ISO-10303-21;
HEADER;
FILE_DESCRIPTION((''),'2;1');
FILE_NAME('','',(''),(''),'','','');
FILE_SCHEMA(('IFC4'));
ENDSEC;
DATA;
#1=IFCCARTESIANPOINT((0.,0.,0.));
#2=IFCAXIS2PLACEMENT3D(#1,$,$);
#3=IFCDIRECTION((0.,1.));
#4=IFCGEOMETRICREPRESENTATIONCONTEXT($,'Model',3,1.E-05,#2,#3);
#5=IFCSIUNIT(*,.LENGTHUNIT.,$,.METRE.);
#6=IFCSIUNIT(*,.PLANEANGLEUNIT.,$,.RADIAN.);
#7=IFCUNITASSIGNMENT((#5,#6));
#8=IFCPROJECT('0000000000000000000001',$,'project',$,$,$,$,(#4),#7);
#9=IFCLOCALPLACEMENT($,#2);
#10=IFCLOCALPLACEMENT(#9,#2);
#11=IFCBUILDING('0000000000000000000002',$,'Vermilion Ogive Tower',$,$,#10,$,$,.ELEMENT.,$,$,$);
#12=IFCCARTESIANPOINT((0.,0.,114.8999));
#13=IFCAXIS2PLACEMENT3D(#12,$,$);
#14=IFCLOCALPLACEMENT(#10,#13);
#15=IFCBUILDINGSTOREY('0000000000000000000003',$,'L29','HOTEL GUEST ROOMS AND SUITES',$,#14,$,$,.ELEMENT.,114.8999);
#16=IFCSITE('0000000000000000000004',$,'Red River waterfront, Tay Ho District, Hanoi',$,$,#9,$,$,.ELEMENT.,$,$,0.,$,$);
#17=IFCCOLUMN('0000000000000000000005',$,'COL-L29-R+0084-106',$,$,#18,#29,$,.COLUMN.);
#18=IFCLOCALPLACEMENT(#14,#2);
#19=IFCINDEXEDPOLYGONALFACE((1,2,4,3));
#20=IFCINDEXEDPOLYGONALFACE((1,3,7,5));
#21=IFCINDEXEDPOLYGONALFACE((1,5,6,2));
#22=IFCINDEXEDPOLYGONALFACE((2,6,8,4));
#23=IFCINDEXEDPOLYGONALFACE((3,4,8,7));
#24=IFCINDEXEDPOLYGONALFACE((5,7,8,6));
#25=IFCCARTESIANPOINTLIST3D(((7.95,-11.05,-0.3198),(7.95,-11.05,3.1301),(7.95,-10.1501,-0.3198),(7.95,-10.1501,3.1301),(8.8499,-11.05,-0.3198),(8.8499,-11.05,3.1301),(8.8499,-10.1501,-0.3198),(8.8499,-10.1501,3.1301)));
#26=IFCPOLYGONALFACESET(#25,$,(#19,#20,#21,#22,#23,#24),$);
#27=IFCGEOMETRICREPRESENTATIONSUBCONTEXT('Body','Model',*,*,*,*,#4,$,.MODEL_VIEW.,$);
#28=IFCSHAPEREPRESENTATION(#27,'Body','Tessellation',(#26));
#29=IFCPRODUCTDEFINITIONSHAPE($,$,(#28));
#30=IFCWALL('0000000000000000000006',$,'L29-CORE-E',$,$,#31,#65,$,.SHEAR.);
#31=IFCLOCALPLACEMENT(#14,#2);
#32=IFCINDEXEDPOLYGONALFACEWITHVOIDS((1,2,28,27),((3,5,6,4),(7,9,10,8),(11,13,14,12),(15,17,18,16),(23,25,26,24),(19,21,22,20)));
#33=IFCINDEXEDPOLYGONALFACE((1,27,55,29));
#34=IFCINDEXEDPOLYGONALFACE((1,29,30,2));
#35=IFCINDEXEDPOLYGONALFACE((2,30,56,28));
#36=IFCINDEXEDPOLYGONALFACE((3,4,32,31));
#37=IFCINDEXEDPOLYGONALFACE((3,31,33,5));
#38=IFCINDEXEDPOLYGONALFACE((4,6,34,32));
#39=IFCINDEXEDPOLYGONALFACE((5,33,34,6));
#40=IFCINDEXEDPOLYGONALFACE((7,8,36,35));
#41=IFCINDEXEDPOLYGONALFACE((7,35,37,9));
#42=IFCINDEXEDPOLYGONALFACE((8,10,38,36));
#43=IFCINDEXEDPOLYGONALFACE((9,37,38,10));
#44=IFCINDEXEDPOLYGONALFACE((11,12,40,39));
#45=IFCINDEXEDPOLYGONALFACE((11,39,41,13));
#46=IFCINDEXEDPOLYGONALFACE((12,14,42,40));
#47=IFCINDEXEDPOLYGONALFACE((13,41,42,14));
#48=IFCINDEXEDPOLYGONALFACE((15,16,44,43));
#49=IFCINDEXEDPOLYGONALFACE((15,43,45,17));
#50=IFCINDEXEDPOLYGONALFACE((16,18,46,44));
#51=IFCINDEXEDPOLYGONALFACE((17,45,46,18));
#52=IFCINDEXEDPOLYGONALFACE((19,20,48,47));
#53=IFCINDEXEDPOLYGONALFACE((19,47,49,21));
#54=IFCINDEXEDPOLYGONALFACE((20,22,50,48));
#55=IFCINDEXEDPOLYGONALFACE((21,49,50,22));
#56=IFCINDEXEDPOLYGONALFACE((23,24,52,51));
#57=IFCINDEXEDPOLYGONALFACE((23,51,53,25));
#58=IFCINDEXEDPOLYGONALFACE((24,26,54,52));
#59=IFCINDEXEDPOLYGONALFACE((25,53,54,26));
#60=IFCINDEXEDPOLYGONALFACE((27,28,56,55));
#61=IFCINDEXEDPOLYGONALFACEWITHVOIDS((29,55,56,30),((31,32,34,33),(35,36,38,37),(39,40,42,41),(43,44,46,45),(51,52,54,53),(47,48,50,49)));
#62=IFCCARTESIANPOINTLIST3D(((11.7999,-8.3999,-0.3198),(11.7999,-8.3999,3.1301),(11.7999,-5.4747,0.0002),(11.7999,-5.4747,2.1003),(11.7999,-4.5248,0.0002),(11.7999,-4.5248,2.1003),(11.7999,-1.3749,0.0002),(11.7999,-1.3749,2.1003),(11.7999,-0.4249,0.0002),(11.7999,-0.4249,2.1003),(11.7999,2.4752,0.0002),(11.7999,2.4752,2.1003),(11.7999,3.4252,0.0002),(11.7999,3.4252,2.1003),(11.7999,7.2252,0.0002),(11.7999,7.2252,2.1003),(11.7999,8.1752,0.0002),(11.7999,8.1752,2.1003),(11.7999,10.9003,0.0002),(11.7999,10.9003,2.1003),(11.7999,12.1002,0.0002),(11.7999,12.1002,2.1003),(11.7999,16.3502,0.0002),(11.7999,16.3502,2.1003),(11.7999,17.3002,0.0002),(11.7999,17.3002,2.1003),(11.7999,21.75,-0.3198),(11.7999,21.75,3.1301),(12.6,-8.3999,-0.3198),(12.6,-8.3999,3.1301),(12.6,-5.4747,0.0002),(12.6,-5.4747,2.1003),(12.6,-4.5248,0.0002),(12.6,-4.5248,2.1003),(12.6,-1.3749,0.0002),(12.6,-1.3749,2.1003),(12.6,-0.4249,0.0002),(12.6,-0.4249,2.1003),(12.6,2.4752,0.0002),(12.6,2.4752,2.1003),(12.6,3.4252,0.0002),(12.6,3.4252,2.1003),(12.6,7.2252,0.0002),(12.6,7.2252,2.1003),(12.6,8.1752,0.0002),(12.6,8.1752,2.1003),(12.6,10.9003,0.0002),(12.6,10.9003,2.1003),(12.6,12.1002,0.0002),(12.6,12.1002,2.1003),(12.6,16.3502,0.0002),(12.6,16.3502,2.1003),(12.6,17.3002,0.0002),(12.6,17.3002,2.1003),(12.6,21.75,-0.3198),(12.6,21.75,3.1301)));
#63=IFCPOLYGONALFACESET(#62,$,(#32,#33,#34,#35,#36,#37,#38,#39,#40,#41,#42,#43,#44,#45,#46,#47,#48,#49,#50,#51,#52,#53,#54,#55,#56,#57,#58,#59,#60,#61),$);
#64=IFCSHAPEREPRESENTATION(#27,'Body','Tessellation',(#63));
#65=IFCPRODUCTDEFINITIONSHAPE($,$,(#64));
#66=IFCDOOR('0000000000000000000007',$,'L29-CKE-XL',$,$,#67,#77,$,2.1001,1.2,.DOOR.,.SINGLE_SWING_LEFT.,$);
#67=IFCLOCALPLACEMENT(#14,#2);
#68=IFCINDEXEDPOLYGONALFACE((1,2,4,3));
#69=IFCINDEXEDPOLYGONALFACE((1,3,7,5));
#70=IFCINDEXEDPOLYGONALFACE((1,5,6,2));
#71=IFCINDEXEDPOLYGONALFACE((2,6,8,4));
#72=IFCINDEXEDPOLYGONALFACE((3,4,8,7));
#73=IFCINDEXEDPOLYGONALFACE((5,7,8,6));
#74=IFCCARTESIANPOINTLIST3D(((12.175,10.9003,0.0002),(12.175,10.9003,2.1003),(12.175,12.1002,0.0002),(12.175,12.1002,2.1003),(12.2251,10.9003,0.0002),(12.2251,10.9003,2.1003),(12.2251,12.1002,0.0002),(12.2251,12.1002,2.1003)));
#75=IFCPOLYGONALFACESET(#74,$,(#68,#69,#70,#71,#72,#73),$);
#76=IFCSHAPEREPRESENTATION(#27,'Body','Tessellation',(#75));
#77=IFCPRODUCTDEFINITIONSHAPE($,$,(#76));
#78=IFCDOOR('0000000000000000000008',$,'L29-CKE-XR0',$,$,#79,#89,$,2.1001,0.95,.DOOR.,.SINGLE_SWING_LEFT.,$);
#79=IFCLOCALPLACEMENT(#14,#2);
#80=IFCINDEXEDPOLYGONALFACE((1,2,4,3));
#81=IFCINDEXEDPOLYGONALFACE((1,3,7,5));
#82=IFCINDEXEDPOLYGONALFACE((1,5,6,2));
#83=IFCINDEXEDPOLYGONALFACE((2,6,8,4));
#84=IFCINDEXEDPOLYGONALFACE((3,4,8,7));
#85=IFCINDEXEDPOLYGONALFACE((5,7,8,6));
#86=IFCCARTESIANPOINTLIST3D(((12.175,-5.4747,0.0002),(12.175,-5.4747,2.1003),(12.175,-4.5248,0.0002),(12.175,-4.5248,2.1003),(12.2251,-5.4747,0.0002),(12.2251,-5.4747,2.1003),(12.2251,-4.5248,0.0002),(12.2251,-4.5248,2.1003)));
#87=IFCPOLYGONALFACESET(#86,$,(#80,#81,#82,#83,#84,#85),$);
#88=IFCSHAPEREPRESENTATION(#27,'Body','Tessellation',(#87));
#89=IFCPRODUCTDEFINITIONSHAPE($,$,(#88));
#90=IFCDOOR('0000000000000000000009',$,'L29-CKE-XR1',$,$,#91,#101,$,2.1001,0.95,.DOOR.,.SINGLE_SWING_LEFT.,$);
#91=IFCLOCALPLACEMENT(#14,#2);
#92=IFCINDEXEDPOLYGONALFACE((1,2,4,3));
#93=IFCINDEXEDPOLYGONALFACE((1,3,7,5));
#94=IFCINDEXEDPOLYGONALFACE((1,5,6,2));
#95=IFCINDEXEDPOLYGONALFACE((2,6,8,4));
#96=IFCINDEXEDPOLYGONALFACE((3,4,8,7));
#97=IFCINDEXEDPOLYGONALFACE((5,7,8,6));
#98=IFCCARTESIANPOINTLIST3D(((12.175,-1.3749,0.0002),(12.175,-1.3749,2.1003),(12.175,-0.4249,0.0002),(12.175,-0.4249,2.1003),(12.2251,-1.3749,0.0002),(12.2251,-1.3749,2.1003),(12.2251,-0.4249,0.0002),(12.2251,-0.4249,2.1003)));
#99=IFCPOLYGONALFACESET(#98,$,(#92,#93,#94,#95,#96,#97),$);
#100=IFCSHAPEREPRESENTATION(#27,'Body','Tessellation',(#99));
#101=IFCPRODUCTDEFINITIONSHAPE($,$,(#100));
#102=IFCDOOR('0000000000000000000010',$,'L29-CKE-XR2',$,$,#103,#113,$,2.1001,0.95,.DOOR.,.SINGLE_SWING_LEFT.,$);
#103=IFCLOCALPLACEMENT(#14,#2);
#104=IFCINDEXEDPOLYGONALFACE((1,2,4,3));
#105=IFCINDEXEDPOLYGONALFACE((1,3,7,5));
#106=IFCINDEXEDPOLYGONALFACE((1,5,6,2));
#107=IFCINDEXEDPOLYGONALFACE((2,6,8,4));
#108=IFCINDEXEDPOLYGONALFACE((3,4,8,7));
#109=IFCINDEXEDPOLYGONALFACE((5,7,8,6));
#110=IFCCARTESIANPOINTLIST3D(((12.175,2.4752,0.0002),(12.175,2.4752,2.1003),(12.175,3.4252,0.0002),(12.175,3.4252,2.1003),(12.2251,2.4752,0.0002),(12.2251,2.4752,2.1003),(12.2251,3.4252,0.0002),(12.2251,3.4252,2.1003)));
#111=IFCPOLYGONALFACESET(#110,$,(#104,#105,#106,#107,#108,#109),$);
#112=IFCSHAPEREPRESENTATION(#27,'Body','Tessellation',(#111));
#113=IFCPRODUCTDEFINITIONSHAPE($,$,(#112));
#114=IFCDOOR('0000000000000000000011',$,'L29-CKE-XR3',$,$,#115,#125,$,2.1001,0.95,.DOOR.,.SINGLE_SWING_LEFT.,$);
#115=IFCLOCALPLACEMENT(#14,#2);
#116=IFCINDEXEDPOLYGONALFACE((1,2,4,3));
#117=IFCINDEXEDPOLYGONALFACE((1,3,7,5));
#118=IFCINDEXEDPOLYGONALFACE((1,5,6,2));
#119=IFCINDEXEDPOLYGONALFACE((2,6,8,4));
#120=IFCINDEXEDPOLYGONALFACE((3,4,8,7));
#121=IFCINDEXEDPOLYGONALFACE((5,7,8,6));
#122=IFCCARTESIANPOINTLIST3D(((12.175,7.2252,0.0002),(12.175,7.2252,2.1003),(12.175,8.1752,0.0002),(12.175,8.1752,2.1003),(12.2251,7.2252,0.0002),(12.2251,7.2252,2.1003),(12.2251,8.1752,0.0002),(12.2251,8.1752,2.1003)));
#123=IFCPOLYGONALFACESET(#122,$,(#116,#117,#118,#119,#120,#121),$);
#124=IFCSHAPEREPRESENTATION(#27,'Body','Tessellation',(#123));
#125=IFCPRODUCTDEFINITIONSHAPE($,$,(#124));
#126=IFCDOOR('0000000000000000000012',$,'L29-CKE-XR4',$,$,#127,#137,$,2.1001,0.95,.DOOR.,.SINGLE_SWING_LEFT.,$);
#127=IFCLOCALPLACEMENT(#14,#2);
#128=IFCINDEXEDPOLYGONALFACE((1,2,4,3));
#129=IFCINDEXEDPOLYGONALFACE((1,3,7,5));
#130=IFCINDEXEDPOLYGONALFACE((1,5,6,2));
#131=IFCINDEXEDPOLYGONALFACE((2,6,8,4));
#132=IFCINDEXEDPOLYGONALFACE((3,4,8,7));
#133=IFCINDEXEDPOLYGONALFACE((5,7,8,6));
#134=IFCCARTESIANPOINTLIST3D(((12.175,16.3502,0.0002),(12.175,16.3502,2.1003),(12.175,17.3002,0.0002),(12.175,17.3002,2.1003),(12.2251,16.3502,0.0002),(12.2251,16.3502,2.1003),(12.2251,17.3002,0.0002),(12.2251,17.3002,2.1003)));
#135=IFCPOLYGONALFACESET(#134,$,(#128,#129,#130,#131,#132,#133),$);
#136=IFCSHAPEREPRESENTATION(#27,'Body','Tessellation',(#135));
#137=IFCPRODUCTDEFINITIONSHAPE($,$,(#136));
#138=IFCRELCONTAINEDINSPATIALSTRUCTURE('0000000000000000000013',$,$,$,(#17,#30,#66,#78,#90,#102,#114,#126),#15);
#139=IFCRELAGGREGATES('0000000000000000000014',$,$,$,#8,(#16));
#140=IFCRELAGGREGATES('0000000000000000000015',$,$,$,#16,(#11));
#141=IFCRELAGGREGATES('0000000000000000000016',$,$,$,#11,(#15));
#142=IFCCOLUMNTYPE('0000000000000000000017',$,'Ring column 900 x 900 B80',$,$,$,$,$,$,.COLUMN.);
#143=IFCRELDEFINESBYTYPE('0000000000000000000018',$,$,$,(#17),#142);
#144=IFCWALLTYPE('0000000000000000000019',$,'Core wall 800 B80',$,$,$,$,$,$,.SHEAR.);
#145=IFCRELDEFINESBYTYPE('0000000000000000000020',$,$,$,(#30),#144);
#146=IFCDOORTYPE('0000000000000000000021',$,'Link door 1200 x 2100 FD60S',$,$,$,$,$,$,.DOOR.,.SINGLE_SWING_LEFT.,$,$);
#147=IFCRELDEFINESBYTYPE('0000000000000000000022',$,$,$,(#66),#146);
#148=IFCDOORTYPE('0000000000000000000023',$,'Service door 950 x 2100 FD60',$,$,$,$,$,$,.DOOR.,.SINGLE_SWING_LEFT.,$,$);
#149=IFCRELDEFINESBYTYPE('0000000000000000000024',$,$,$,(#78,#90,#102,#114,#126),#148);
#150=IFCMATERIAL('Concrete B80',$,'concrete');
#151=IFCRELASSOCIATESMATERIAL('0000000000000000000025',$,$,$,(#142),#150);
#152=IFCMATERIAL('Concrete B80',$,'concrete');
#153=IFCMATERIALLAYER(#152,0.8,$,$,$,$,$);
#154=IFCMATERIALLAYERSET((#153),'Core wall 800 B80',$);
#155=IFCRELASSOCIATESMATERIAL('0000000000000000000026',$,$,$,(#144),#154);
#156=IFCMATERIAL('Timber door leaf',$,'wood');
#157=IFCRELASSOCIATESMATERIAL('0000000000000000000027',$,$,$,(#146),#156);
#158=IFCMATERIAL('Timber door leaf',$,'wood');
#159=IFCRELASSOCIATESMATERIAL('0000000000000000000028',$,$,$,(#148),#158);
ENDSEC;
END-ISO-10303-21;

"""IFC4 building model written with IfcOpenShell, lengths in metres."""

from ifc_helpers import new_model, si_unit, direction, frame, frame_2d, origin, origin_2d, place, context, subcontext, project, spatial, rectangle, extrude, material, layer, layer_set, material_profile, profile_set, type_object, element, fill, save


model = new_model("IFC4")

# Units and contexts
model_context = context("Model", 3, precision=1e-05, world=origin(), true_north=direction((0.0, 1.0)))
body_context = subcontext(model_context, "Body", "Model", "MODEL_VIEW")
ifc_project = project(units=[si_unit("LENGTHUNIT", "METRE"), si_unit("PLANEANGLEUNIT", "RADIAN")], contexts=[model_context])

# Site, building, storey
site_placement = place(None, origin())
site = spatial("IfcSite", under=ifc_project, at=site_placement, Name="Red River waterfront, Tay Ho District, Hanoi", CompositionType="ELEMENT", RefElevation=0.0)
building_placement = place(site_placement, origin())
building = spatial("IfcBuilding", under=site, at=building_placement, Name="Vermilion Ogive Tower", CompositionType="ELEMENT")
storey_placement = place(building_placement, frame((0.0, 0.0, 114.8999)))
storey = spatial("IfcBuildingStorey", under=building, at=storey_placement, Name="L29", Description="HOTEL GUEST ROOMS AND SUITES", CompositionType="ELEMENT", Elevation=114.8999)

# Column
ifc_material_1 = material(Name="Concrete B80", Category="concrete")
ifc_material_profile = material_profile(ifc_material_1, rectangle(XDim=0.8999, YDim=0.8999, at=origin_2d()), Name="900 x 900")
ifc_profile_set = profile_set([ifc_material_profile], Name="Concrete B80")
column_type = type_object("IfcColumnType", Name="Ring column 900 x 900 B80", PredefinedType="COLUMN", material=ifc_profile_set)
column_placement = place(storey_placement, frame((8.3999, -10.6001, -0.3198), z_axis=(0.0, 0.0, 1.0), x_axis=(1.0, 0.0, 0.0)))
element("IfcColumn", 1, at=column_placement, inside=storey, type_object=column_type, Name="COL-L29-R+0084-106", PredefinedType="COLUMN", context=body_context, shape_type="SweptSolid", body=[
    extrude(rectangle(XDim=0.8999, YDim=0.8999, at=origin_2d()), origin(), (0.0, 0.0, 1.0), 3.45),
])

# Wall, openings, doors
ifc_material_2 = material(Name="Concrete B80", Category="concrete")
ifc_layer_1 = layer(ifc_material_2, 0.8)
ifc_layer_set_1 = layer_set([ifc_layer_1], Name="Core wall 800 B80")
wall_type_1 = type_object("IfcWallType", Name="Core wall 800 B80", PredefinedType="SHEAR", material=ifc_layer_set_1)
wall_1_placement = place(storey_placement, frame((12.2, -8.3999, -0.3198), z_axis=(0.0, 0.0, 1.0), x_axis=(0.0, 1.0, 0.0)))
wall_1 = element("IfcWall", 2, at=wall_1_placement, inside=storey, type_object=wall_type_1, Name="L29-CORE-E", PredefinedType="SHEAR", context=body_context, shape_type="SweptSolid", body=[
    extrude(rectangle(XDim=30.1499, YDim=0.8, at=frame_2d((15.075, 0.0))), origin(), (0.0, 0.0, 1.0), 3.45),
])
opening_1_placement = place(wall_1_placement, frame((2.925, 0.0, 0.3201)))
opening_1 = element("IfcOpeningElement", 3, at=opening_1_placement, cuts=wall_1, PredefinedType="OPENING", context=body_context, shape_type="SweptSolid", body=[
    extrude(rectangle(XDim=0.95, YDim=2.1001, at=frame_2d((0.4751, 1.05))), frame((0.0, 0.4099, 0.0), z_axis=(0.0, -1.0, 0.0), x_axis=(1.0, 0.0, 0.0)), (0.0, 0.0, 1.0), 0.8201),
])
opening_2_placement = place(wall_1_placement, frame((7.0249, 0.0, 0.3201)))
opening_2 = element("IfcOpeningElement", 4, at=opening_2_placement, cuts=wall_1, PredefinedType="OPENING", context=body_context, shape_type="SweptSolid", body=[
    extrude(rectangle(XDim=0.95, YDim=2.1001, at=frame_2d((0.4751, 1.05))), frame((0.0, 0.4099, 0.0), z_axis=(0.0, -1.0, 0.0), x_axis=(1.0, 0.0, 0.0)), (0.0, 0.0, 1.0), 0.8201),
])
opening_3_placement = place(wall_1_placement, frame((10.875, 0.0, 0.3201)))
opening_3 = element("IfcOpeningElement", 5, at=opening_3_placement, cuts=wall_1, PredefinedType="OPENING", context=body_context, shape_type="SweptSolid", body=[
    extrude(rectangle(XDim=0.95, YDim=2.1001, at=frame_2d((0.4751, 1.05))), frame((0.0, 0.4099, 0.0), z_axis=(0.0, -1.0, 0.0), x_axis=(1.0, 0.0, 0.0)), (0.0, 0.0, 1.0), 0.8201),
])
opening_4_placement = place(wall_1_placement, frame((15.625, 0.0, 0.3201)))
opening_4 = element("IfcOpeningElement", 6, at=opening_4_placement, cuts=wall_1, PredefinedType="OPENING", context=body_context, shape_type="SweptSolid", body=[
    extrude(rectangle(XDim=0.95, YDim=2.1001, at=frame_2d((0.4751, 1.05))), frame((0.0, 0.4099, 0.0), z_axis=(0.0, -1.0, 0.0), x_axis=(1.0, 0.0, 0.0)), (0.0, 0.0, 1.0), 0.8201),
])
opening_5_placement = place(wall_1_placement, frame((24.75, 0.0, 0.3201)))
opening_5 = element("IfcOpeningElement", 7, at=opening_5_placement, cuts=wall_1, PredefinedType="OPENING", context=body_context, shape_type="SweptSolid", body=[
    extrude(rectangle(XDim=0.95, YDim=2.1001, at=frame_2d((0.4751, 1.05))), frame((0.0, 0.4099, 0.0), z_axis=(0.0, -1.0, 0.0), x_axis=(1.0, 0.0, 0.0)), (0.0, 0.0, 1.0), 0.8201),
])
opening_6_placement = place(wall_1_placement, frame((19.3, 0.0, 0.3201)))
opening_6 = element("IfcOpeningElement", 8, at=opening_6_placement, cuts=wall_1, PredefinedType="OPENING", context=body_context, shape_type="SweptSolid", body=[
    extrude(rectangle(XDim=1.2, YDim=2.1001, at=frame_2d((0.6001, 1.05))), frame((0.0, 0.4099, 0.0), z_axis=(0.0, -1.0, 0.0), x_axis=(1.0, 0.0, 0.0)), (0.0, 0.0, 1.0), 0.8201),
])
ifc_material_3 = material(Name="Timber door leaf", Category="wood")
door_type_1 = type_object("IfcDoorType", Name="Link door 1200 x 2100 FD60S", OperationType="SINGLE_SWING_LEFT", PredefinedType="DOOR", material=ifc_material_3)
door_1_placement = place(opening_6_placement, origin())
door_1 = element("IfcDoor", 9, at=door_1_placement, inside=storey, type_object=door_type_1, Name="L29-CKE-XL", OperationType="SINGLE_SWING_LEFT", OverallHeight=2.1001, OverallWidth=1.2, PredefinedType="DOOR", context=body_context, shape_type="SweptSolid", body=[
    extrude(rectangle(XDim=1.2, YDim=2.1001, at=frame_2d((0.6001, 1.05))), frame((0.0, 0.0249, 0.0), z_axis=(0.0, -1.0, 0.0), x_axis=(1.0, 0.0, 0.0)), (0.0, 0.0, 1.0), 0.05),
])
fill(opening_6, door_1)
ifc_material_4 = material(Name="Timber door leaf", Category="wood")
door_type_2 = type_object("IfcDoorType", Name="Service door 950 x 2100 FD60", OperationType="SINGLE_SWING_LEFT", PredefinedType="DOOR", material=ifc_material_4)
door_2_placement = place(opening_1_placement, origin())
door_2 = element("IfcDoor", 10, at=door_2_placement, inside=storey, type_object=door_type_2, Name="L29-CKE-XR0", OperationType="SINGLE_SWING_LEFT", OverallHeight=2.1001, OverallWidth=0.95, PredefinedType="DOOR", context=body_context, shape_type="SweptSolid", body=[
    extrude(rectangle(XDim=0.95, YDim=2.1001, at=frame_2d((0.4751, 1.05))), frame((0.0, 0.0249, 0.0), z_axis=(0.0, -1.0, 0.0), x_axis=(1.0, 0.0, 0.0)), (0.0, 0.0, 1.0), 0.05),
])
fill(opening_1, door_2)
door_3_placement = place(opening_2_placement, origin())
door_3 = element("IfcDoor", 11, at=door_3_placement, inside=storey, type_object=door_type_2, Name="L29-CKE-XR1", OperationType="SINGLE_SWING_LEFT", OverallHeight=2.1001, OverallWidth=0.95, PredefinedType="DOOR", context=body_context, shape_type="SweptSolid", body=[
    extrude(rectangle(XDim=0.95, YDim=2.1001, at=frame_2d((0.4751, 1.05))), frame((0.0, 0.0249, 0.0), z_axis=(0.0, -1.0, 0.0), x_axis=(1.0, 0.0, 0.0)), (0.0, 0.0, 1.0), 0.05),
])
fill(opening_2, door_3)
door_4_placement = place(opening_3_placement, origin())
door_4 = element("IfcDoor", 12, at=door_4_placement, inside=storey, type_object=door_type_2, Name="L29-CKE-XR2", OperationType="SINGLE_SWING_LEFT", OverallHeight=2.1001, OverallWidth=0.95, PredefinedType="DOOR", context=body_context, shape_type="SweptSolid", body=[
    extrude(rectangle(XDim=0.95, YDim=2.1001, at=frame_2d((0.4751, 1.05))), frame((0.0, 0.0249, 0.0), z_axis=(0.0, -1.0, 0.0), x_axis=(1.0, 0.0, 0.0)), (0.0, 0.0, 1.0), 0.05),
])
fill(opening_3, door_4)
door_5_placement = place(opening_4_placement, origin())
door_5 = element("IfcDoor", 13, at=door_5_placement, inside=storey, type_object=door_type_2, Name="L29-CKE-XR3", OperationType="SINGLE_SWING_LEFT", OverallHeight=2.1001, OverallWidth=0.95, PredefinedType="DOOR", context=body_context, shape_type="SweptSolid", body=[
    extrude(rectangle(XDim=0.95, YDim=2.1001, at=frame_2d((0.4751, 1.05))), frame((0.0, 0.0249, 0.0), z_axis=(0.0, -1.0, 0.0), x_axis=(1.0, 0.0, 0.0)), (0.0, 0.0, 1.0), 0.05),
])
fill(opening_4, door_5)
door_6_placement = place(opening_5_placement, origin())
door_6 = element("IfcDoor", 14, at=door_6_placement, inside=storey, type_object=door_type_2, Name="L29-CKE-XR4", OperationType="SINGLE_SWING_LEFT", OverallHeight=2.1001, OverallWidth=0.95, PredefinedType="DOOR", context=body_context, shape_type="SweptSolid", body=[
    extrude(rectangle(XDim=0.95, YDim=2.1001, at=frame_2d((0.4751, 1.05))), frame((0.0, 0.0249, 0.0), z_axis=(0.0, -1.0, 0.0), x_axis=(1.0, 0.0, 0.0)), (0.0, 0.0, 1.0), 0.05),
])
fill(opening_5, door_6)

save(model, "model.ifc")
